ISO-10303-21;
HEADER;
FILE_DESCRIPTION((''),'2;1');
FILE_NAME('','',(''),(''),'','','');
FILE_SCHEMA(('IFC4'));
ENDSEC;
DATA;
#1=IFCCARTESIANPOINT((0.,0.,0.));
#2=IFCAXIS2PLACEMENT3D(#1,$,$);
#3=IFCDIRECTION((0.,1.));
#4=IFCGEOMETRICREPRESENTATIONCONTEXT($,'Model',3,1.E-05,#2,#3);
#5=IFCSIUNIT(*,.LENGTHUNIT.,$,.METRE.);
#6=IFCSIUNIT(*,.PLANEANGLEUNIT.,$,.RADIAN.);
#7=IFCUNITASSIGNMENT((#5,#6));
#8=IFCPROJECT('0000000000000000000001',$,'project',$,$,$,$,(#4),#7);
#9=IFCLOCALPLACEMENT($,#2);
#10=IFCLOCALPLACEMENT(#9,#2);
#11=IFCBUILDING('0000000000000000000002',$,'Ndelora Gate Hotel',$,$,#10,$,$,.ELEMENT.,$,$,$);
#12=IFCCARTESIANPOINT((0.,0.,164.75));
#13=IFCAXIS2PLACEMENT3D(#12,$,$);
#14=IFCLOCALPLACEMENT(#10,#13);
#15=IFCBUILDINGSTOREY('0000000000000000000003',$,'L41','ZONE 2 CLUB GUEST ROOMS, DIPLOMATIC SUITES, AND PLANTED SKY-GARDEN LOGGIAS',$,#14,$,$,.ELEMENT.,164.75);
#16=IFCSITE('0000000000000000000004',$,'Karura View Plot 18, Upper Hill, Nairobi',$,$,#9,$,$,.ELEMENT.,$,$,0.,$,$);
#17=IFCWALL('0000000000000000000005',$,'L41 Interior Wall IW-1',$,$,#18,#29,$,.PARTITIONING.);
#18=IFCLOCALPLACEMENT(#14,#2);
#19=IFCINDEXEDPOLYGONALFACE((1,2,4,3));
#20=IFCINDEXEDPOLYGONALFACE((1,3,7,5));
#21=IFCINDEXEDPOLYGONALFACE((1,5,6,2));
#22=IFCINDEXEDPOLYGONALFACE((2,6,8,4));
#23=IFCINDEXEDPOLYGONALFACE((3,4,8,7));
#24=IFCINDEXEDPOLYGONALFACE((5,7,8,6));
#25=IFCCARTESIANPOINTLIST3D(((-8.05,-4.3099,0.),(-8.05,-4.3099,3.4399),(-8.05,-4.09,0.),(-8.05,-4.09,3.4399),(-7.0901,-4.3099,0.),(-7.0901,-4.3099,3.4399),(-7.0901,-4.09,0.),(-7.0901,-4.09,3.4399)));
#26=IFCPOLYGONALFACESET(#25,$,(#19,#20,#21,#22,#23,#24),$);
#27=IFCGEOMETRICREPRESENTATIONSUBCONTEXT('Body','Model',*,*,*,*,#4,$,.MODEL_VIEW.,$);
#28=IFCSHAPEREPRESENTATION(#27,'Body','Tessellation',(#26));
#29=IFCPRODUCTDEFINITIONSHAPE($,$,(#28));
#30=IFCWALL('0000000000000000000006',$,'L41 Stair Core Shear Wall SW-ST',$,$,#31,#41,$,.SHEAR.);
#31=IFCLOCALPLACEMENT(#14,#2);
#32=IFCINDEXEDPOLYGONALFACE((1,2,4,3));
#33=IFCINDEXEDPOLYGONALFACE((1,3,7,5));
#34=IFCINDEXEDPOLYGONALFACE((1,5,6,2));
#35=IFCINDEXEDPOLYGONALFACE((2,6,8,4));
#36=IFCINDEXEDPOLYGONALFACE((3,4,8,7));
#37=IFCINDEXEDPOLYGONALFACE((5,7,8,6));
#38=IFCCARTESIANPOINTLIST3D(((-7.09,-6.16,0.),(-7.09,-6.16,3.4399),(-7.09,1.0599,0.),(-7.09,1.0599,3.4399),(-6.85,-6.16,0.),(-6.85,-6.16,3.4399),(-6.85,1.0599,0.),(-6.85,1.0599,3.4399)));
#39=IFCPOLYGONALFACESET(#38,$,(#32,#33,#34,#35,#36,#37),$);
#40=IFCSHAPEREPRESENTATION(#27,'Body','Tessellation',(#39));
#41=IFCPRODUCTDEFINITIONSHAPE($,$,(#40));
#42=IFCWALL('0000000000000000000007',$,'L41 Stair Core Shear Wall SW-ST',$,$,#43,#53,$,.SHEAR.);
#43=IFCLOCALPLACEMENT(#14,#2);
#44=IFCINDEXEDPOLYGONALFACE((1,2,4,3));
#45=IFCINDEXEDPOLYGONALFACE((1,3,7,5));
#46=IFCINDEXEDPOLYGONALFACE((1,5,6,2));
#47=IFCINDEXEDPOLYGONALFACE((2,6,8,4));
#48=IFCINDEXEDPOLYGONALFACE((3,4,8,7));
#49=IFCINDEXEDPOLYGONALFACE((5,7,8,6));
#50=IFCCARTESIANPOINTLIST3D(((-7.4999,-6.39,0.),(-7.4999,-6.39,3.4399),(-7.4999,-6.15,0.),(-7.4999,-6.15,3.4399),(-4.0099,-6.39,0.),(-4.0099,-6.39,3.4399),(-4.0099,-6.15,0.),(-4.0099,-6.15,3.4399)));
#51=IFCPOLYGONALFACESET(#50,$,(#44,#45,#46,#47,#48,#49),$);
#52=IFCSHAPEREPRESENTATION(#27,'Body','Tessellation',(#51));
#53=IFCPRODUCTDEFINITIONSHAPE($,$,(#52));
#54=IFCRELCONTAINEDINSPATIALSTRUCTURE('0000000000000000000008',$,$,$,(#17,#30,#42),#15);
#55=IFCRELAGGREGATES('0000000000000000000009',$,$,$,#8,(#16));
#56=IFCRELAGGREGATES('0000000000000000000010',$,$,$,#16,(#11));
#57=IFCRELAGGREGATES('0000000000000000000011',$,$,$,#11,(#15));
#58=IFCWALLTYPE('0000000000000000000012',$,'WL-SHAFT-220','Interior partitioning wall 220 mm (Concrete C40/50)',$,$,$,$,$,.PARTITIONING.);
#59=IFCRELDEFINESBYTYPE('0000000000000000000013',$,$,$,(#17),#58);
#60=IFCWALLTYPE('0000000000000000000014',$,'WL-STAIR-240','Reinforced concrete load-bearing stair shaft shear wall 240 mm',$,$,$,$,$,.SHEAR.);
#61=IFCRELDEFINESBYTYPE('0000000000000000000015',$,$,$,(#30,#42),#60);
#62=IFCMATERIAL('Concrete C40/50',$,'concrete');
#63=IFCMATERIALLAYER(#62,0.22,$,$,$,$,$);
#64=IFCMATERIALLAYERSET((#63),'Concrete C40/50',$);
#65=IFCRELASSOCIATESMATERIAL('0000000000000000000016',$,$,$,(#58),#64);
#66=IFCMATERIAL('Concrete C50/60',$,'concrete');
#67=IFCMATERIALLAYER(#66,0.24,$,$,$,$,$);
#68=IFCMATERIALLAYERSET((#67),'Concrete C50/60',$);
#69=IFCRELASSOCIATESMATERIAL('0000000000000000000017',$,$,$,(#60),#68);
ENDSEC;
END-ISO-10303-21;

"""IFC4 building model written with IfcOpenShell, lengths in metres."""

from ifc_helpers import new_model, si_unit, direction, frame, frame_2d, origin, place, context, subcontext, project, spatial, rectangle, extrude, material, layer, layer_set, type_object, element, save


model = new_model("IFC4")

# Units and contexts
model_context = context("Model", 3, precision=1e-05, world=origin(), true_north=direction((0.0, 1.0)))
body_context = subcontext(model_context, "Body", "Model", "MODEL_VIEW")
ifc_project = project(units=[si_unit("LENGTHUNIT", "METRE"), si_unit("PLANEANGLEUNIT", "RADIAN")], contexts=[model_context])

# Site, building, storey
site_placement = place(None, origin())
site = spatial("IfcSite", under=ifc_project, at=site_placement, Name="Karura View Plot 18, Upper Hill, Nairobi", CompositionType="ELEMENT", RefElevation=0.0)
building_placement = place(site_placement, origin())
building = spatial("IfcBuilding", under=site, at=building_placement, Name="Ndelora Gate Hotel", CompositionType="ELEMENT")
storey_placement = place(building_placement, frame((0.0, 0.0, 164.75)))
storey = spatial("IfcBuildingStorey", under=building, at=storey_placement, Name="L41", Description="ZONE 2 CLUB GUEST ROOMS, DIPLOMATIC SUITES, AND PLANTED SKY-GARDEN LOGGIAS", CompositionType="ELEMENT", Elevation=164.75)

# Walls
ifc_material_1 = material(Name="Concrete C40/50", Category="concrete")
ifc_layer_1 = layer(ifc_material_1, 0.22)
ifc_layer_set_1 = layer_set([ifc_layer_1], Name="Concrete C40/50")
wall_type_1 = type_object("IfcWallType", Name="WL-SHAFT-220", Description="Interior partitioning wall 220 mm (Concrete C40/50)", PredefinedType="PARTITIONING", material=ifc_layer_set_1)
wall_1_placement = place(storey_placement, frame((-8.05, -4.2, 0.0), z_axis=(0.0, 0.0, 1.0), x_axis=(1.0, 0.0, 0.0)))
element("IfcWall", 1, at=wall_1_placement, inside=storey, type_object=wall_type_1, Name="L41 Interior Wall IW-1", PredefinedType="PARTITIONING", context=body_context, shape_type="SweptSolid", body=[
    extrude(rectangle(XDim=0.96, YDim=0.22, at=frame_2d((0.48, 0.0))), origin(), (0.0, 0.0, 1.0), 3.4399),
])
ifc_material_2 = material(Name="Concrete C50/60", Category="concrete")
ifc_layer_2 = layer(ifc_material_2, 0.24)
ifc_layer_set_2 = layer_set([ifc_layer_2], Name="Concrete C50/60")
wall_type_2 = type_object("IfcWallType", Name="WL-STAIR-240", Description="Reinforced concrete load-bearing stair shaft shear wall 240 mm", PredefinedType="SHEAR", material=ifc_layer_set_2)
wall_2_placement = place(storey_placement, frame((-6.97, -6.1599, 0.0), z_axis=(0.0, 0.0, 1.0), x_axis=(0.0, 1.0, 0.0)))
element("IfcWall", 2, at=wall_2_placement, inside=storey, type_object=wall_type_2, Name="L41 Stair Core Shear Wall SW-ST", PredefinedType="SHEAR", context=body_context, shape_type="SweptSolid", body=[
    extrude(rectangle(XDim=7.22, YDim=0.24, at=frame_2d((3.6099, 0.0))), origin(), (0.0, 0.0, 1.0), 3.4399),
])
wall_3_placement = place(storey_placement, frame((-7.5, -6.27, 0.0), z_axis=(0.0, 0.0, 1.0), x_axis=(1.0, 0.0, 0.0)))
element("IfcWall", 3, at=wall_3_placement, inside=storey, type_object=wall_type_2, Name="L41 Stair Core Shear Wall SW-ST", PredefinedType="SHEAR", context=body_context, shape_type="SweptSolid", body=[
    extrude(rectangle(XDim=3.49, YDim=0.24, at=frame_2d((1.7451, 0.0))), origin(), (0.0, 0.0, 1.0), 3.4399),
])

save(model, "model.ifc")
